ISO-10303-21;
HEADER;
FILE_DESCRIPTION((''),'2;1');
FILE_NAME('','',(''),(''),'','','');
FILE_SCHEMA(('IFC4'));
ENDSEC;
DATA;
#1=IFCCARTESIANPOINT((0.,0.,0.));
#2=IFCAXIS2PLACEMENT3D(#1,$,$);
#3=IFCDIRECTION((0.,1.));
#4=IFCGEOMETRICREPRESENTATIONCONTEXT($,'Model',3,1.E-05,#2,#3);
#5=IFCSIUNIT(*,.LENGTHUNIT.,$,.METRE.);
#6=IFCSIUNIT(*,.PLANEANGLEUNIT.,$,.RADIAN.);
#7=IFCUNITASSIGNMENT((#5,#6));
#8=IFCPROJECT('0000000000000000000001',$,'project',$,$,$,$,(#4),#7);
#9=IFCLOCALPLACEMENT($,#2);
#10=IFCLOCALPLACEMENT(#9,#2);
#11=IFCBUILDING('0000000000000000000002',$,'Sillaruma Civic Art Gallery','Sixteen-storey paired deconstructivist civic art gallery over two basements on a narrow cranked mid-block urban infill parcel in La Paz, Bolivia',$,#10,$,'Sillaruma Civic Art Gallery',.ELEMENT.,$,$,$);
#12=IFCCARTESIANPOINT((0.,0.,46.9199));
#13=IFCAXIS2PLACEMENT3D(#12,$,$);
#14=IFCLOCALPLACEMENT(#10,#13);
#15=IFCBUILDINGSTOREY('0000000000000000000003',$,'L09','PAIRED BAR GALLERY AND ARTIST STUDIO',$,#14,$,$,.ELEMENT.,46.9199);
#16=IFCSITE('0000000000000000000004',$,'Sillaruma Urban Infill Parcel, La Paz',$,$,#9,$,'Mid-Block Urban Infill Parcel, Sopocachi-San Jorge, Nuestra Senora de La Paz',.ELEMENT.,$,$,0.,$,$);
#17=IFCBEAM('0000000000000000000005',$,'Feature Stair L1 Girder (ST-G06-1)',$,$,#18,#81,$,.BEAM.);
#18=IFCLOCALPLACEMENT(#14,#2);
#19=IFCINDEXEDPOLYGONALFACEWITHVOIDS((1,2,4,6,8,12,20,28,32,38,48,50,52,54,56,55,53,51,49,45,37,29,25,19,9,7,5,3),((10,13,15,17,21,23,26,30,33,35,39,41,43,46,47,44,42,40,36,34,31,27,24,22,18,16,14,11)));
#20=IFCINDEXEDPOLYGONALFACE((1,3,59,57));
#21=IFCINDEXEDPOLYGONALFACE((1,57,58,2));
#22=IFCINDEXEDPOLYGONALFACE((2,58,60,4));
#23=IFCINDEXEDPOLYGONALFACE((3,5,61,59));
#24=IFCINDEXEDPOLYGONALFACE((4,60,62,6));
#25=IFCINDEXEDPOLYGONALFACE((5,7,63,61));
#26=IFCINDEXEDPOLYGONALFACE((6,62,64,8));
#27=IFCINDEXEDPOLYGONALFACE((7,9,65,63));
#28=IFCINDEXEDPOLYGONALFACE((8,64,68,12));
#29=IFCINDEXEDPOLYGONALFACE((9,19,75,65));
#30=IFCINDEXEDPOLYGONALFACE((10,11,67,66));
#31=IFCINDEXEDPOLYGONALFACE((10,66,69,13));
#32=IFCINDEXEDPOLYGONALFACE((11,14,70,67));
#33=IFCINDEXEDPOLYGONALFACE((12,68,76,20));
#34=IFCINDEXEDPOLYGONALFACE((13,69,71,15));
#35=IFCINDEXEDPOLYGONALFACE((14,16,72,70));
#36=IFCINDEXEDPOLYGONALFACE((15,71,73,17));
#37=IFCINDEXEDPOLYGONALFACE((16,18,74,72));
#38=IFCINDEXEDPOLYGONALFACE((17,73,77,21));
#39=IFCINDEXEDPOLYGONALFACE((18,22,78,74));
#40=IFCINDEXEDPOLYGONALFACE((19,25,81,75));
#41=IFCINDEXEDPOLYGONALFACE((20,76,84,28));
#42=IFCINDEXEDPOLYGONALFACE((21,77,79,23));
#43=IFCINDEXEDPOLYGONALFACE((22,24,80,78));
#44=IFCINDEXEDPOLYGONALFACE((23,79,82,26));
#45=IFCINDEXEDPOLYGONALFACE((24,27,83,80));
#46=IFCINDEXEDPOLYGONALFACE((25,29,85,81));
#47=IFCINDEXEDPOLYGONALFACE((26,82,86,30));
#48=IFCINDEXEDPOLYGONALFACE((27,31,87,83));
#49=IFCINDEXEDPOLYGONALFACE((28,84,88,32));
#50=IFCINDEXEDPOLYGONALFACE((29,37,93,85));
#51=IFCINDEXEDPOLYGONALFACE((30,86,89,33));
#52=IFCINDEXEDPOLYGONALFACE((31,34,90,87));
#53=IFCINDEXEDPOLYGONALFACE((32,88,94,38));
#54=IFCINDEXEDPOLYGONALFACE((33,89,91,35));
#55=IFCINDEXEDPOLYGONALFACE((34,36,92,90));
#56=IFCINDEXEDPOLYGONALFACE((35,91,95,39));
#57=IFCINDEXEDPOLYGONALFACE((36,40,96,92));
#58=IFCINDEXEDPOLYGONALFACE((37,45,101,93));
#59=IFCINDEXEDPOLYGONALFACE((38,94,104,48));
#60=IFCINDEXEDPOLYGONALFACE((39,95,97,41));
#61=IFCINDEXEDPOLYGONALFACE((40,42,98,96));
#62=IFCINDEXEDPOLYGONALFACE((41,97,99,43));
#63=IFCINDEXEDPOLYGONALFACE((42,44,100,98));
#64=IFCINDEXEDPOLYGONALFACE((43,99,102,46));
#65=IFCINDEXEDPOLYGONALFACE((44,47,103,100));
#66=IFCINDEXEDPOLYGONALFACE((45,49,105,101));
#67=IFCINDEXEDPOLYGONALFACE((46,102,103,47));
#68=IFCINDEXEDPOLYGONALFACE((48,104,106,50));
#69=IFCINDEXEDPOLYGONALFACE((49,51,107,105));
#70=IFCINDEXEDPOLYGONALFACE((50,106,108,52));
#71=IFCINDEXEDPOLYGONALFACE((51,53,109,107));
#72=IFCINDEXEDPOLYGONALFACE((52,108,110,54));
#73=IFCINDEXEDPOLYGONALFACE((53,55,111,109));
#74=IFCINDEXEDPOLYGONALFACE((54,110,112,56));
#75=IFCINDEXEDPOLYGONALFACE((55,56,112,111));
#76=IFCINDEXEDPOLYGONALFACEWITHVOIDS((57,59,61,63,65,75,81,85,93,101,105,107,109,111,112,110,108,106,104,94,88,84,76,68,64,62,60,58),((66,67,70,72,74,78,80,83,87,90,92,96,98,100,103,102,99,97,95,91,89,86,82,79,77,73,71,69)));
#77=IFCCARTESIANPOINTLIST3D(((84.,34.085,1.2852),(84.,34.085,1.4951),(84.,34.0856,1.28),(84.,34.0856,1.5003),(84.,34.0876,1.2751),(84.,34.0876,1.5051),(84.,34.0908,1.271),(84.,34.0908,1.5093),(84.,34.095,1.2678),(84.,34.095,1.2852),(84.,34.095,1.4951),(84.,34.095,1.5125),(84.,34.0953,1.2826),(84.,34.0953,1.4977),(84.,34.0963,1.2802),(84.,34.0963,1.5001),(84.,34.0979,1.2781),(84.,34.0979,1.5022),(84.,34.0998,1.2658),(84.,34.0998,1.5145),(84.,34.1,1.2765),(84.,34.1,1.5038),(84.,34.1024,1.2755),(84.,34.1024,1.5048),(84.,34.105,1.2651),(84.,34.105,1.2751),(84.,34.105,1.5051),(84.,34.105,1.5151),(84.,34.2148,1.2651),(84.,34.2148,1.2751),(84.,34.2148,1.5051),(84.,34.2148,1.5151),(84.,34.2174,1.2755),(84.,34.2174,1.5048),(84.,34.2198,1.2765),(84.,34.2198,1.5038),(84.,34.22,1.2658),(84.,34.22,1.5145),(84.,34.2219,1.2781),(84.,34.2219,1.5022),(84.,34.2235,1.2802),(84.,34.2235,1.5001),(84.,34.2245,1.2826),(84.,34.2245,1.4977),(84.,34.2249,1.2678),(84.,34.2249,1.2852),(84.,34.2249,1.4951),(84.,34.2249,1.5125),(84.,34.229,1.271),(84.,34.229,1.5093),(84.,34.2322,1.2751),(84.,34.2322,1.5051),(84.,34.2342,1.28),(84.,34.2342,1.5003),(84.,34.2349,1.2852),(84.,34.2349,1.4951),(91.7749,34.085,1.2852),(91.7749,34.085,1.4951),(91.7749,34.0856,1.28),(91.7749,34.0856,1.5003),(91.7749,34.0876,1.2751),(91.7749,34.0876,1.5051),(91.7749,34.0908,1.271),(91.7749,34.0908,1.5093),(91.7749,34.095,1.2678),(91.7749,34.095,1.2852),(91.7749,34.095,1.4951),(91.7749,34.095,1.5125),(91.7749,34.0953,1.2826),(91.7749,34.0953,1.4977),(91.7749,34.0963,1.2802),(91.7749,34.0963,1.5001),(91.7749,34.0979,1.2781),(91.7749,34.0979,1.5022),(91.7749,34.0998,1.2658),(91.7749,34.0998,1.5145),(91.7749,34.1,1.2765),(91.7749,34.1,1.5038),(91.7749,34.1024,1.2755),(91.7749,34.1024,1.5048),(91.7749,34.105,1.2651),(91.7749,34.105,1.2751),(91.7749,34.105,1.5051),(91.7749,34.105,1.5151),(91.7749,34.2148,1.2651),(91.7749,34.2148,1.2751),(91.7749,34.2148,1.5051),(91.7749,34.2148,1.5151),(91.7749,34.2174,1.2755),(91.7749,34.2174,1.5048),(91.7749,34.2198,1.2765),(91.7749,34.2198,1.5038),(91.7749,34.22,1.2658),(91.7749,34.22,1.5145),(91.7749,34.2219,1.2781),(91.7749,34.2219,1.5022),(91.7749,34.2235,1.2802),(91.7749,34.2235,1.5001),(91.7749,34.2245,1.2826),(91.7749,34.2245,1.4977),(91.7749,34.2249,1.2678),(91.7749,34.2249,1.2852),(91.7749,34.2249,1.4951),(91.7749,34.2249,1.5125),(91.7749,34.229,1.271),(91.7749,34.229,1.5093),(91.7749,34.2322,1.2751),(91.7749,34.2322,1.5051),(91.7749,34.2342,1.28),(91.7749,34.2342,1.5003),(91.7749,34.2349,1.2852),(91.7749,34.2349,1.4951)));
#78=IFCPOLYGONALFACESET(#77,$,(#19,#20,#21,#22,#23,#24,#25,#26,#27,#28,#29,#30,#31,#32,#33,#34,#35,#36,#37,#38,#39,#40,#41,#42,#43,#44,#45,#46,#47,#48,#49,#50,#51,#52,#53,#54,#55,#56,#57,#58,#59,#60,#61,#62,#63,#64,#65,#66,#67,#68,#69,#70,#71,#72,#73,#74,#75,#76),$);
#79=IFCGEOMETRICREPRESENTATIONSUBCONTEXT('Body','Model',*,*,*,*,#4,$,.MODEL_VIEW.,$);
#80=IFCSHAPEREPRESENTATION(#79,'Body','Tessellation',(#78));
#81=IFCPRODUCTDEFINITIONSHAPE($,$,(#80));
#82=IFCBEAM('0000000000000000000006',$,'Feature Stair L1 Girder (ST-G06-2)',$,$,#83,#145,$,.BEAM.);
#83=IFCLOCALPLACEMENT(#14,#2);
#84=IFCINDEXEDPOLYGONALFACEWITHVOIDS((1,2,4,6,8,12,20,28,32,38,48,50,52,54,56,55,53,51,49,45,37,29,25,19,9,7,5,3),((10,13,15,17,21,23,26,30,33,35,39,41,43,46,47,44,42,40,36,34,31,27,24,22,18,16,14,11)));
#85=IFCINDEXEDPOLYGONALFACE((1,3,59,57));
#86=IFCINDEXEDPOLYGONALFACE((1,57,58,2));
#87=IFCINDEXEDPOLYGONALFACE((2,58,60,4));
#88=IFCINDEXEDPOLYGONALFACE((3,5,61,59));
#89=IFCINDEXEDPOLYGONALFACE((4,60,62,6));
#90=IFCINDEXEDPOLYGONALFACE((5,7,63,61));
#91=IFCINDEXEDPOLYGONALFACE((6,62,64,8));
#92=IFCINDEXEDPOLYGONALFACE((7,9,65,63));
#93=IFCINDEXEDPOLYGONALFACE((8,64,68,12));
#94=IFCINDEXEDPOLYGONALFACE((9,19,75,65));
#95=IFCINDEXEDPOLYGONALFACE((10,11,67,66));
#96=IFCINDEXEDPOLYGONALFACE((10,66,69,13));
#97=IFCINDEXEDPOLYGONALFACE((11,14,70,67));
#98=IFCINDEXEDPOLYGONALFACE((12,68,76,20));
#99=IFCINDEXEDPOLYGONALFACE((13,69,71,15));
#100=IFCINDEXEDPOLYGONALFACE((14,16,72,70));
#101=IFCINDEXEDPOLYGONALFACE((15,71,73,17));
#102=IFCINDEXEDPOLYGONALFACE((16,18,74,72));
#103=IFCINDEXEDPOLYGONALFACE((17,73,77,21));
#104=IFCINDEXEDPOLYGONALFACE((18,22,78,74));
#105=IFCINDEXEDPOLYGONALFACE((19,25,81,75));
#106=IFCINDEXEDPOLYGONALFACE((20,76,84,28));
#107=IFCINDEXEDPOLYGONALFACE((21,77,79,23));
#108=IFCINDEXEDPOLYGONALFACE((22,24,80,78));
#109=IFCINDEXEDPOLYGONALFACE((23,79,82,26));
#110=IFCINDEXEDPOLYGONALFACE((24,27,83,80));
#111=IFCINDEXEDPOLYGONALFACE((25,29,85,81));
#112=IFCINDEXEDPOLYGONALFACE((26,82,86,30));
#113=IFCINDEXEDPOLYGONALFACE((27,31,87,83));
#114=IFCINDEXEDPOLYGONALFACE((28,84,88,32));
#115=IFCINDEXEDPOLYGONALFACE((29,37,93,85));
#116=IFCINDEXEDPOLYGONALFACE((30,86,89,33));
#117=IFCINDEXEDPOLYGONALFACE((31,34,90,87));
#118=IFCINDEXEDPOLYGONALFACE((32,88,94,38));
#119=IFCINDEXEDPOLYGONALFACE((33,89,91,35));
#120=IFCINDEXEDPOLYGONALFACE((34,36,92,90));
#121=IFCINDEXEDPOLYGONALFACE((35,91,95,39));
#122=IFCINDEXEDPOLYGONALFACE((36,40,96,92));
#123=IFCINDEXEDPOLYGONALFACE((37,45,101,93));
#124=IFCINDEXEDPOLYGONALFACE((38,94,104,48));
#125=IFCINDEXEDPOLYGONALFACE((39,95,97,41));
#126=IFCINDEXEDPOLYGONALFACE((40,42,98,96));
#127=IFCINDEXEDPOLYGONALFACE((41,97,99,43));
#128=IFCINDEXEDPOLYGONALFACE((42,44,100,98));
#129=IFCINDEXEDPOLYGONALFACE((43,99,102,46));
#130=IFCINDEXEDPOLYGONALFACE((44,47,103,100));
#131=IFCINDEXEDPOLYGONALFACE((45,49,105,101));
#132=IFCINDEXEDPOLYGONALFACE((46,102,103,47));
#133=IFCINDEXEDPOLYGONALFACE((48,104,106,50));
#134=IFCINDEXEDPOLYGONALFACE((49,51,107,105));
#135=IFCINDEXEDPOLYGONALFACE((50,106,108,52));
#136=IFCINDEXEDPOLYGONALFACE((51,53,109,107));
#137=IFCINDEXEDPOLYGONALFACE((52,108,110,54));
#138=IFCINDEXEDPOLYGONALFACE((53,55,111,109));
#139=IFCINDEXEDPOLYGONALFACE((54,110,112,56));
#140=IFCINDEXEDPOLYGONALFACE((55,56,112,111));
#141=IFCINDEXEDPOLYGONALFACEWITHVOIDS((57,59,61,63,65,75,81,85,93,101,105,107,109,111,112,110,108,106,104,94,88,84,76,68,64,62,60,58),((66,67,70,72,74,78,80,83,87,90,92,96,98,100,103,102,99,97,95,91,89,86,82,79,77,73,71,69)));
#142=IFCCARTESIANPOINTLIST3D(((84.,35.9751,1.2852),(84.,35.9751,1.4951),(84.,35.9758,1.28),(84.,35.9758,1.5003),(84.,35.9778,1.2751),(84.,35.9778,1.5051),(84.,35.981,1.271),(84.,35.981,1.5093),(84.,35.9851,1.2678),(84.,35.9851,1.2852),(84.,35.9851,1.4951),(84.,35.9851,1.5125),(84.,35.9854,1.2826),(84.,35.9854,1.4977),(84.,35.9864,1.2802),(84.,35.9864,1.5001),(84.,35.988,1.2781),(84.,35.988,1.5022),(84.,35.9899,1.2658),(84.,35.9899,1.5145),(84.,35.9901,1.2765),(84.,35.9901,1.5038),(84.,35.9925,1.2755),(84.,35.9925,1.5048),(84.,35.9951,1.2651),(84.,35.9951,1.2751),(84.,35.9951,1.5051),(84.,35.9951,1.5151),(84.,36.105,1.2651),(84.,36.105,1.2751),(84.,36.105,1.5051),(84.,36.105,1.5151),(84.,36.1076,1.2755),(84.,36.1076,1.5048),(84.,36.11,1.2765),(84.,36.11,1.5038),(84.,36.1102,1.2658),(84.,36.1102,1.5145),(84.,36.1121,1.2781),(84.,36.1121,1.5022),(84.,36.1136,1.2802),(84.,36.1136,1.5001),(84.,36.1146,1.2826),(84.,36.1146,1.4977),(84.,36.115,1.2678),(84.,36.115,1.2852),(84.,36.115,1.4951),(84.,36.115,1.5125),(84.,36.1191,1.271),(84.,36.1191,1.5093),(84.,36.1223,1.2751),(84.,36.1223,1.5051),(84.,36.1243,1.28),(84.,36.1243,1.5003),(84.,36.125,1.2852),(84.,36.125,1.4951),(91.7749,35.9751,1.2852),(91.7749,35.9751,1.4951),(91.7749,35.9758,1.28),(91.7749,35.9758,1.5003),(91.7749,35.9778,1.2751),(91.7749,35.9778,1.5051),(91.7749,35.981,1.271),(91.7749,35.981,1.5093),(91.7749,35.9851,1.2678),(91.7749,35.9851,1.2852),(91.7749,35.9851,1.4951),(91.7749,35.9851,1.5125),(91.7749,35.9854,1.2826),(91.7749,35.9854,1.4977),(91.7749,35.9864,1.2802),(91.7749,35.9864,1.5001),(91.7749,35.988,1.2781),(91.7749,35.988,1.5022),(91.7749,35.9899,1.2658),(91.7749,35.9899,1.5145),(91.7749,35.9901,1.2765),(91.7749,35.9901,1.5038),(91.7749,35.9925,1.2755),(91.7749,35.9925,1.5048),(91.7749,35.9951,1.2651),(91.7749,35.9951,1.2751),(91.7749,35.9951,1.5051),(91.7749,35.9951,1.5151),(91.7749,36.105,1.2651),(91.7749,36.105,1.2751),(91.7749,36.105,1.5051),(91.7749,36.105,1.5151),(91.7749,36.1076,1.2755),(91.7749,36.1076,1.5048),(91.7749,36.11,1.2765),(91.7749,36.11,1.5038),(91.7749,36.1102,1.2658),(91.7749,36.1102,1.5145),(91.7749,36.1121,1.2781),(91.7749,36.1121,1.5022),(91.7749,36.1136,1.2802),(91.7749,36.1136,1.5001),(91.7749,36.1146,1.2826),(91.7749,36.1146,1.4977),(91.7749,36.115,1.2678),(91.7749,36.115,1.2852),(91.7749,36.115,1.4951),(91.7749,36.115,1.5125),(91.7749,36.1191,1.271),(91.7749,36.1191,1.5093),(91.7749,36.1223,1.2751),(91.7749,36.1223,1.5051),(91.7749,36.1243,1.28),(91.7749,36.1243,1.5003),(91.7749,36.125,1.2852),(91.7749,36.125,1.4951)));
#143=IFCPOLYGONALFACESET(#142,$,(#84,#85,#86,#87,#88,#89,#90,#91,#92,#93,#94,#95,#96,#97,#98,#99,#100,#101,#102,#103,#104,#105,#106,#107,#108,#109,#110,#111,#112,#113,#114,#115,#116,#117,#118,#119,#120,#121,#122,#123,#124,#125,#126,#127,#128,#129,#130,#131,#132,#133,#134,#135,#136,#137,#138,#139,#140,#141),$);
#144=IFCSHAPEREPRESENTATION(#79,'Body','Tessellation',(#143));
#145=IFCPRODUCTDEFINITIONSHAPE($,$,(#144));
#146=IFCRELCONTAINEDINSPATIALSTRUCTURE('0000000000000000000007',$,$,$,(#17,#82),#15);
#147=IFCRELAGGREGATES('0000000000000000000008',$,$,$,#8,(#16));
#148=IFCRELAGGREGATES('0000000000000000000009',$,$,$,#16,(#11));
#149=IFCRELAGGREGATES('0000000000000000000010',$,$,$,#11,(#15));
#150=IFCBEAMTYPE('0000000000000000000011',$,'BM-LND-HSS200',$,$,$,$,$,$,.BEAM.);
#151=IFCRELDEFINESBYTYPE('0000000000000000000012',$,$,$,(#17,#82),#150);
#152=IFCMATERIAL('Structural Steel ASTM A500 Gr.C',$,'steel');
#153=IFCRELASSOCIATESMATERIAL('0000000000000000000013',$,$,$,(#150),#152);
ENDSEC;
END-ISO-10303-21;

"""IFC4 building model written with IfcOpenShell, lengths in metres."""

from ifc_helpers import new_model, si_unit, direction, frame, origin, origin_2d, place, context, subcontext, project, spatial, hollow_rectangle, extrude, material, material_profile, profile_set, type_object, element, save


model = new_model("IFC4")

# Units and contexts
model_context = context("Model", 3, precision=1e-05, world=origin(), true_north=direction((0.0, 1.0)))
body_context = subcontext(model_context, "Body", "Model", "MODEL_VIEW")
ifc_project = project(units=[si_unit("LENGTHUNIT", "METRE"), si_unit("PLANEANGLEUNIT", "RADIAN")], contexts=[model_context])

# Site, building, storey
site_placement = place(None, origin())
site = spatial("IfcSite", under=ifc_project, at=site_placement, Name="Sillaruma Urban Infill Parcel, La Paz", LongName="Mid-Block Urban Infill Parcel, Sopocachi-San Jorge, Nuestra Senora de La Paz", CompositionType="ELEMENT", RefElevation=0.0)
building_placement = place(site_placement, origin())
building = spatial("IfcBuilding", under=site, at=building_placement, Name="Sillaruma Civic Art Gallery", Description="Sixteen-storey paired deconstructivist civic art gallery over two basements on a narrow cranked mid-block urban infill parcel in La Paz, Bolivia", LongName="Sillaruma Civic Art Gallery", CompositionType="ELEMENT")
storey_placement = place(building_placement, frame((0.0, 0.0, 46.9199)))
storey = spatial("IfcBuildingStorey", under=building, at=storey_placement, Name="L09", Description="PAIRED BAR GALLERY AND ARTIST STUDIO", CompositionType="ELEMENT", Elevation=46.9199)

# Beams
ifc_material_1 = material(Name="Structural Steel ASTM A500 Gr.C", Category="steel")
ifc_material_profile_1 = material_profile(ifc_material_1, hollow_rectangle(XDim=0.1499, YDim=0.25, WallThickness=0.01, InnerFilletRadius=0.01, OuterFilletRadius=0.02, at=origin_2d()), Name="HSS250x150x10")
ifc_profile_set_1 = profile_set([ifc_material_profile_1], Name="Structural Steel ASTM A500 Gr.C")
beam_type_1 = type_object("IfcBeamType", Name="BM-LND-HSS200", PredefinedType="BEAM", material=ifc_profile_set_1)
for number, where, z_axis, x_axis, name in (
    (1, (84.0, 34.1599, 1.3901), (1.0, 0.0, 0.0), (0.0, 1.0, 0.0), "Feature Stair L1 Girder (ST-G06-1)"),
    (2, (84.0, 36.05, 1.3901), (1.0, 0.0, 0.0), (0.0, 1.0, 0.0), "Feature Stair L1 Girder (ST-G06-2)"),
):
    element("IfcBeam", number, at=place(storey_placement, frame(where, z_axis=z_axis, x_axis=x_axis)), inside=storey, type_object=beam_type_1, Name=name, PredefinedType="BEAM", context=body_context, shape_type="SweptSolid", body=[
        extrude(hollow_rectangle(XDim=0.1499, YDim=0.25, WallThickness=0.01, InnerFilletRadius=0.01, OuterFilletRadius=0.02, at=origin_2d()), origin(), (0.0, 0.0, 1.0), 7.7749),
    ])

save(model, "model.ifc")
